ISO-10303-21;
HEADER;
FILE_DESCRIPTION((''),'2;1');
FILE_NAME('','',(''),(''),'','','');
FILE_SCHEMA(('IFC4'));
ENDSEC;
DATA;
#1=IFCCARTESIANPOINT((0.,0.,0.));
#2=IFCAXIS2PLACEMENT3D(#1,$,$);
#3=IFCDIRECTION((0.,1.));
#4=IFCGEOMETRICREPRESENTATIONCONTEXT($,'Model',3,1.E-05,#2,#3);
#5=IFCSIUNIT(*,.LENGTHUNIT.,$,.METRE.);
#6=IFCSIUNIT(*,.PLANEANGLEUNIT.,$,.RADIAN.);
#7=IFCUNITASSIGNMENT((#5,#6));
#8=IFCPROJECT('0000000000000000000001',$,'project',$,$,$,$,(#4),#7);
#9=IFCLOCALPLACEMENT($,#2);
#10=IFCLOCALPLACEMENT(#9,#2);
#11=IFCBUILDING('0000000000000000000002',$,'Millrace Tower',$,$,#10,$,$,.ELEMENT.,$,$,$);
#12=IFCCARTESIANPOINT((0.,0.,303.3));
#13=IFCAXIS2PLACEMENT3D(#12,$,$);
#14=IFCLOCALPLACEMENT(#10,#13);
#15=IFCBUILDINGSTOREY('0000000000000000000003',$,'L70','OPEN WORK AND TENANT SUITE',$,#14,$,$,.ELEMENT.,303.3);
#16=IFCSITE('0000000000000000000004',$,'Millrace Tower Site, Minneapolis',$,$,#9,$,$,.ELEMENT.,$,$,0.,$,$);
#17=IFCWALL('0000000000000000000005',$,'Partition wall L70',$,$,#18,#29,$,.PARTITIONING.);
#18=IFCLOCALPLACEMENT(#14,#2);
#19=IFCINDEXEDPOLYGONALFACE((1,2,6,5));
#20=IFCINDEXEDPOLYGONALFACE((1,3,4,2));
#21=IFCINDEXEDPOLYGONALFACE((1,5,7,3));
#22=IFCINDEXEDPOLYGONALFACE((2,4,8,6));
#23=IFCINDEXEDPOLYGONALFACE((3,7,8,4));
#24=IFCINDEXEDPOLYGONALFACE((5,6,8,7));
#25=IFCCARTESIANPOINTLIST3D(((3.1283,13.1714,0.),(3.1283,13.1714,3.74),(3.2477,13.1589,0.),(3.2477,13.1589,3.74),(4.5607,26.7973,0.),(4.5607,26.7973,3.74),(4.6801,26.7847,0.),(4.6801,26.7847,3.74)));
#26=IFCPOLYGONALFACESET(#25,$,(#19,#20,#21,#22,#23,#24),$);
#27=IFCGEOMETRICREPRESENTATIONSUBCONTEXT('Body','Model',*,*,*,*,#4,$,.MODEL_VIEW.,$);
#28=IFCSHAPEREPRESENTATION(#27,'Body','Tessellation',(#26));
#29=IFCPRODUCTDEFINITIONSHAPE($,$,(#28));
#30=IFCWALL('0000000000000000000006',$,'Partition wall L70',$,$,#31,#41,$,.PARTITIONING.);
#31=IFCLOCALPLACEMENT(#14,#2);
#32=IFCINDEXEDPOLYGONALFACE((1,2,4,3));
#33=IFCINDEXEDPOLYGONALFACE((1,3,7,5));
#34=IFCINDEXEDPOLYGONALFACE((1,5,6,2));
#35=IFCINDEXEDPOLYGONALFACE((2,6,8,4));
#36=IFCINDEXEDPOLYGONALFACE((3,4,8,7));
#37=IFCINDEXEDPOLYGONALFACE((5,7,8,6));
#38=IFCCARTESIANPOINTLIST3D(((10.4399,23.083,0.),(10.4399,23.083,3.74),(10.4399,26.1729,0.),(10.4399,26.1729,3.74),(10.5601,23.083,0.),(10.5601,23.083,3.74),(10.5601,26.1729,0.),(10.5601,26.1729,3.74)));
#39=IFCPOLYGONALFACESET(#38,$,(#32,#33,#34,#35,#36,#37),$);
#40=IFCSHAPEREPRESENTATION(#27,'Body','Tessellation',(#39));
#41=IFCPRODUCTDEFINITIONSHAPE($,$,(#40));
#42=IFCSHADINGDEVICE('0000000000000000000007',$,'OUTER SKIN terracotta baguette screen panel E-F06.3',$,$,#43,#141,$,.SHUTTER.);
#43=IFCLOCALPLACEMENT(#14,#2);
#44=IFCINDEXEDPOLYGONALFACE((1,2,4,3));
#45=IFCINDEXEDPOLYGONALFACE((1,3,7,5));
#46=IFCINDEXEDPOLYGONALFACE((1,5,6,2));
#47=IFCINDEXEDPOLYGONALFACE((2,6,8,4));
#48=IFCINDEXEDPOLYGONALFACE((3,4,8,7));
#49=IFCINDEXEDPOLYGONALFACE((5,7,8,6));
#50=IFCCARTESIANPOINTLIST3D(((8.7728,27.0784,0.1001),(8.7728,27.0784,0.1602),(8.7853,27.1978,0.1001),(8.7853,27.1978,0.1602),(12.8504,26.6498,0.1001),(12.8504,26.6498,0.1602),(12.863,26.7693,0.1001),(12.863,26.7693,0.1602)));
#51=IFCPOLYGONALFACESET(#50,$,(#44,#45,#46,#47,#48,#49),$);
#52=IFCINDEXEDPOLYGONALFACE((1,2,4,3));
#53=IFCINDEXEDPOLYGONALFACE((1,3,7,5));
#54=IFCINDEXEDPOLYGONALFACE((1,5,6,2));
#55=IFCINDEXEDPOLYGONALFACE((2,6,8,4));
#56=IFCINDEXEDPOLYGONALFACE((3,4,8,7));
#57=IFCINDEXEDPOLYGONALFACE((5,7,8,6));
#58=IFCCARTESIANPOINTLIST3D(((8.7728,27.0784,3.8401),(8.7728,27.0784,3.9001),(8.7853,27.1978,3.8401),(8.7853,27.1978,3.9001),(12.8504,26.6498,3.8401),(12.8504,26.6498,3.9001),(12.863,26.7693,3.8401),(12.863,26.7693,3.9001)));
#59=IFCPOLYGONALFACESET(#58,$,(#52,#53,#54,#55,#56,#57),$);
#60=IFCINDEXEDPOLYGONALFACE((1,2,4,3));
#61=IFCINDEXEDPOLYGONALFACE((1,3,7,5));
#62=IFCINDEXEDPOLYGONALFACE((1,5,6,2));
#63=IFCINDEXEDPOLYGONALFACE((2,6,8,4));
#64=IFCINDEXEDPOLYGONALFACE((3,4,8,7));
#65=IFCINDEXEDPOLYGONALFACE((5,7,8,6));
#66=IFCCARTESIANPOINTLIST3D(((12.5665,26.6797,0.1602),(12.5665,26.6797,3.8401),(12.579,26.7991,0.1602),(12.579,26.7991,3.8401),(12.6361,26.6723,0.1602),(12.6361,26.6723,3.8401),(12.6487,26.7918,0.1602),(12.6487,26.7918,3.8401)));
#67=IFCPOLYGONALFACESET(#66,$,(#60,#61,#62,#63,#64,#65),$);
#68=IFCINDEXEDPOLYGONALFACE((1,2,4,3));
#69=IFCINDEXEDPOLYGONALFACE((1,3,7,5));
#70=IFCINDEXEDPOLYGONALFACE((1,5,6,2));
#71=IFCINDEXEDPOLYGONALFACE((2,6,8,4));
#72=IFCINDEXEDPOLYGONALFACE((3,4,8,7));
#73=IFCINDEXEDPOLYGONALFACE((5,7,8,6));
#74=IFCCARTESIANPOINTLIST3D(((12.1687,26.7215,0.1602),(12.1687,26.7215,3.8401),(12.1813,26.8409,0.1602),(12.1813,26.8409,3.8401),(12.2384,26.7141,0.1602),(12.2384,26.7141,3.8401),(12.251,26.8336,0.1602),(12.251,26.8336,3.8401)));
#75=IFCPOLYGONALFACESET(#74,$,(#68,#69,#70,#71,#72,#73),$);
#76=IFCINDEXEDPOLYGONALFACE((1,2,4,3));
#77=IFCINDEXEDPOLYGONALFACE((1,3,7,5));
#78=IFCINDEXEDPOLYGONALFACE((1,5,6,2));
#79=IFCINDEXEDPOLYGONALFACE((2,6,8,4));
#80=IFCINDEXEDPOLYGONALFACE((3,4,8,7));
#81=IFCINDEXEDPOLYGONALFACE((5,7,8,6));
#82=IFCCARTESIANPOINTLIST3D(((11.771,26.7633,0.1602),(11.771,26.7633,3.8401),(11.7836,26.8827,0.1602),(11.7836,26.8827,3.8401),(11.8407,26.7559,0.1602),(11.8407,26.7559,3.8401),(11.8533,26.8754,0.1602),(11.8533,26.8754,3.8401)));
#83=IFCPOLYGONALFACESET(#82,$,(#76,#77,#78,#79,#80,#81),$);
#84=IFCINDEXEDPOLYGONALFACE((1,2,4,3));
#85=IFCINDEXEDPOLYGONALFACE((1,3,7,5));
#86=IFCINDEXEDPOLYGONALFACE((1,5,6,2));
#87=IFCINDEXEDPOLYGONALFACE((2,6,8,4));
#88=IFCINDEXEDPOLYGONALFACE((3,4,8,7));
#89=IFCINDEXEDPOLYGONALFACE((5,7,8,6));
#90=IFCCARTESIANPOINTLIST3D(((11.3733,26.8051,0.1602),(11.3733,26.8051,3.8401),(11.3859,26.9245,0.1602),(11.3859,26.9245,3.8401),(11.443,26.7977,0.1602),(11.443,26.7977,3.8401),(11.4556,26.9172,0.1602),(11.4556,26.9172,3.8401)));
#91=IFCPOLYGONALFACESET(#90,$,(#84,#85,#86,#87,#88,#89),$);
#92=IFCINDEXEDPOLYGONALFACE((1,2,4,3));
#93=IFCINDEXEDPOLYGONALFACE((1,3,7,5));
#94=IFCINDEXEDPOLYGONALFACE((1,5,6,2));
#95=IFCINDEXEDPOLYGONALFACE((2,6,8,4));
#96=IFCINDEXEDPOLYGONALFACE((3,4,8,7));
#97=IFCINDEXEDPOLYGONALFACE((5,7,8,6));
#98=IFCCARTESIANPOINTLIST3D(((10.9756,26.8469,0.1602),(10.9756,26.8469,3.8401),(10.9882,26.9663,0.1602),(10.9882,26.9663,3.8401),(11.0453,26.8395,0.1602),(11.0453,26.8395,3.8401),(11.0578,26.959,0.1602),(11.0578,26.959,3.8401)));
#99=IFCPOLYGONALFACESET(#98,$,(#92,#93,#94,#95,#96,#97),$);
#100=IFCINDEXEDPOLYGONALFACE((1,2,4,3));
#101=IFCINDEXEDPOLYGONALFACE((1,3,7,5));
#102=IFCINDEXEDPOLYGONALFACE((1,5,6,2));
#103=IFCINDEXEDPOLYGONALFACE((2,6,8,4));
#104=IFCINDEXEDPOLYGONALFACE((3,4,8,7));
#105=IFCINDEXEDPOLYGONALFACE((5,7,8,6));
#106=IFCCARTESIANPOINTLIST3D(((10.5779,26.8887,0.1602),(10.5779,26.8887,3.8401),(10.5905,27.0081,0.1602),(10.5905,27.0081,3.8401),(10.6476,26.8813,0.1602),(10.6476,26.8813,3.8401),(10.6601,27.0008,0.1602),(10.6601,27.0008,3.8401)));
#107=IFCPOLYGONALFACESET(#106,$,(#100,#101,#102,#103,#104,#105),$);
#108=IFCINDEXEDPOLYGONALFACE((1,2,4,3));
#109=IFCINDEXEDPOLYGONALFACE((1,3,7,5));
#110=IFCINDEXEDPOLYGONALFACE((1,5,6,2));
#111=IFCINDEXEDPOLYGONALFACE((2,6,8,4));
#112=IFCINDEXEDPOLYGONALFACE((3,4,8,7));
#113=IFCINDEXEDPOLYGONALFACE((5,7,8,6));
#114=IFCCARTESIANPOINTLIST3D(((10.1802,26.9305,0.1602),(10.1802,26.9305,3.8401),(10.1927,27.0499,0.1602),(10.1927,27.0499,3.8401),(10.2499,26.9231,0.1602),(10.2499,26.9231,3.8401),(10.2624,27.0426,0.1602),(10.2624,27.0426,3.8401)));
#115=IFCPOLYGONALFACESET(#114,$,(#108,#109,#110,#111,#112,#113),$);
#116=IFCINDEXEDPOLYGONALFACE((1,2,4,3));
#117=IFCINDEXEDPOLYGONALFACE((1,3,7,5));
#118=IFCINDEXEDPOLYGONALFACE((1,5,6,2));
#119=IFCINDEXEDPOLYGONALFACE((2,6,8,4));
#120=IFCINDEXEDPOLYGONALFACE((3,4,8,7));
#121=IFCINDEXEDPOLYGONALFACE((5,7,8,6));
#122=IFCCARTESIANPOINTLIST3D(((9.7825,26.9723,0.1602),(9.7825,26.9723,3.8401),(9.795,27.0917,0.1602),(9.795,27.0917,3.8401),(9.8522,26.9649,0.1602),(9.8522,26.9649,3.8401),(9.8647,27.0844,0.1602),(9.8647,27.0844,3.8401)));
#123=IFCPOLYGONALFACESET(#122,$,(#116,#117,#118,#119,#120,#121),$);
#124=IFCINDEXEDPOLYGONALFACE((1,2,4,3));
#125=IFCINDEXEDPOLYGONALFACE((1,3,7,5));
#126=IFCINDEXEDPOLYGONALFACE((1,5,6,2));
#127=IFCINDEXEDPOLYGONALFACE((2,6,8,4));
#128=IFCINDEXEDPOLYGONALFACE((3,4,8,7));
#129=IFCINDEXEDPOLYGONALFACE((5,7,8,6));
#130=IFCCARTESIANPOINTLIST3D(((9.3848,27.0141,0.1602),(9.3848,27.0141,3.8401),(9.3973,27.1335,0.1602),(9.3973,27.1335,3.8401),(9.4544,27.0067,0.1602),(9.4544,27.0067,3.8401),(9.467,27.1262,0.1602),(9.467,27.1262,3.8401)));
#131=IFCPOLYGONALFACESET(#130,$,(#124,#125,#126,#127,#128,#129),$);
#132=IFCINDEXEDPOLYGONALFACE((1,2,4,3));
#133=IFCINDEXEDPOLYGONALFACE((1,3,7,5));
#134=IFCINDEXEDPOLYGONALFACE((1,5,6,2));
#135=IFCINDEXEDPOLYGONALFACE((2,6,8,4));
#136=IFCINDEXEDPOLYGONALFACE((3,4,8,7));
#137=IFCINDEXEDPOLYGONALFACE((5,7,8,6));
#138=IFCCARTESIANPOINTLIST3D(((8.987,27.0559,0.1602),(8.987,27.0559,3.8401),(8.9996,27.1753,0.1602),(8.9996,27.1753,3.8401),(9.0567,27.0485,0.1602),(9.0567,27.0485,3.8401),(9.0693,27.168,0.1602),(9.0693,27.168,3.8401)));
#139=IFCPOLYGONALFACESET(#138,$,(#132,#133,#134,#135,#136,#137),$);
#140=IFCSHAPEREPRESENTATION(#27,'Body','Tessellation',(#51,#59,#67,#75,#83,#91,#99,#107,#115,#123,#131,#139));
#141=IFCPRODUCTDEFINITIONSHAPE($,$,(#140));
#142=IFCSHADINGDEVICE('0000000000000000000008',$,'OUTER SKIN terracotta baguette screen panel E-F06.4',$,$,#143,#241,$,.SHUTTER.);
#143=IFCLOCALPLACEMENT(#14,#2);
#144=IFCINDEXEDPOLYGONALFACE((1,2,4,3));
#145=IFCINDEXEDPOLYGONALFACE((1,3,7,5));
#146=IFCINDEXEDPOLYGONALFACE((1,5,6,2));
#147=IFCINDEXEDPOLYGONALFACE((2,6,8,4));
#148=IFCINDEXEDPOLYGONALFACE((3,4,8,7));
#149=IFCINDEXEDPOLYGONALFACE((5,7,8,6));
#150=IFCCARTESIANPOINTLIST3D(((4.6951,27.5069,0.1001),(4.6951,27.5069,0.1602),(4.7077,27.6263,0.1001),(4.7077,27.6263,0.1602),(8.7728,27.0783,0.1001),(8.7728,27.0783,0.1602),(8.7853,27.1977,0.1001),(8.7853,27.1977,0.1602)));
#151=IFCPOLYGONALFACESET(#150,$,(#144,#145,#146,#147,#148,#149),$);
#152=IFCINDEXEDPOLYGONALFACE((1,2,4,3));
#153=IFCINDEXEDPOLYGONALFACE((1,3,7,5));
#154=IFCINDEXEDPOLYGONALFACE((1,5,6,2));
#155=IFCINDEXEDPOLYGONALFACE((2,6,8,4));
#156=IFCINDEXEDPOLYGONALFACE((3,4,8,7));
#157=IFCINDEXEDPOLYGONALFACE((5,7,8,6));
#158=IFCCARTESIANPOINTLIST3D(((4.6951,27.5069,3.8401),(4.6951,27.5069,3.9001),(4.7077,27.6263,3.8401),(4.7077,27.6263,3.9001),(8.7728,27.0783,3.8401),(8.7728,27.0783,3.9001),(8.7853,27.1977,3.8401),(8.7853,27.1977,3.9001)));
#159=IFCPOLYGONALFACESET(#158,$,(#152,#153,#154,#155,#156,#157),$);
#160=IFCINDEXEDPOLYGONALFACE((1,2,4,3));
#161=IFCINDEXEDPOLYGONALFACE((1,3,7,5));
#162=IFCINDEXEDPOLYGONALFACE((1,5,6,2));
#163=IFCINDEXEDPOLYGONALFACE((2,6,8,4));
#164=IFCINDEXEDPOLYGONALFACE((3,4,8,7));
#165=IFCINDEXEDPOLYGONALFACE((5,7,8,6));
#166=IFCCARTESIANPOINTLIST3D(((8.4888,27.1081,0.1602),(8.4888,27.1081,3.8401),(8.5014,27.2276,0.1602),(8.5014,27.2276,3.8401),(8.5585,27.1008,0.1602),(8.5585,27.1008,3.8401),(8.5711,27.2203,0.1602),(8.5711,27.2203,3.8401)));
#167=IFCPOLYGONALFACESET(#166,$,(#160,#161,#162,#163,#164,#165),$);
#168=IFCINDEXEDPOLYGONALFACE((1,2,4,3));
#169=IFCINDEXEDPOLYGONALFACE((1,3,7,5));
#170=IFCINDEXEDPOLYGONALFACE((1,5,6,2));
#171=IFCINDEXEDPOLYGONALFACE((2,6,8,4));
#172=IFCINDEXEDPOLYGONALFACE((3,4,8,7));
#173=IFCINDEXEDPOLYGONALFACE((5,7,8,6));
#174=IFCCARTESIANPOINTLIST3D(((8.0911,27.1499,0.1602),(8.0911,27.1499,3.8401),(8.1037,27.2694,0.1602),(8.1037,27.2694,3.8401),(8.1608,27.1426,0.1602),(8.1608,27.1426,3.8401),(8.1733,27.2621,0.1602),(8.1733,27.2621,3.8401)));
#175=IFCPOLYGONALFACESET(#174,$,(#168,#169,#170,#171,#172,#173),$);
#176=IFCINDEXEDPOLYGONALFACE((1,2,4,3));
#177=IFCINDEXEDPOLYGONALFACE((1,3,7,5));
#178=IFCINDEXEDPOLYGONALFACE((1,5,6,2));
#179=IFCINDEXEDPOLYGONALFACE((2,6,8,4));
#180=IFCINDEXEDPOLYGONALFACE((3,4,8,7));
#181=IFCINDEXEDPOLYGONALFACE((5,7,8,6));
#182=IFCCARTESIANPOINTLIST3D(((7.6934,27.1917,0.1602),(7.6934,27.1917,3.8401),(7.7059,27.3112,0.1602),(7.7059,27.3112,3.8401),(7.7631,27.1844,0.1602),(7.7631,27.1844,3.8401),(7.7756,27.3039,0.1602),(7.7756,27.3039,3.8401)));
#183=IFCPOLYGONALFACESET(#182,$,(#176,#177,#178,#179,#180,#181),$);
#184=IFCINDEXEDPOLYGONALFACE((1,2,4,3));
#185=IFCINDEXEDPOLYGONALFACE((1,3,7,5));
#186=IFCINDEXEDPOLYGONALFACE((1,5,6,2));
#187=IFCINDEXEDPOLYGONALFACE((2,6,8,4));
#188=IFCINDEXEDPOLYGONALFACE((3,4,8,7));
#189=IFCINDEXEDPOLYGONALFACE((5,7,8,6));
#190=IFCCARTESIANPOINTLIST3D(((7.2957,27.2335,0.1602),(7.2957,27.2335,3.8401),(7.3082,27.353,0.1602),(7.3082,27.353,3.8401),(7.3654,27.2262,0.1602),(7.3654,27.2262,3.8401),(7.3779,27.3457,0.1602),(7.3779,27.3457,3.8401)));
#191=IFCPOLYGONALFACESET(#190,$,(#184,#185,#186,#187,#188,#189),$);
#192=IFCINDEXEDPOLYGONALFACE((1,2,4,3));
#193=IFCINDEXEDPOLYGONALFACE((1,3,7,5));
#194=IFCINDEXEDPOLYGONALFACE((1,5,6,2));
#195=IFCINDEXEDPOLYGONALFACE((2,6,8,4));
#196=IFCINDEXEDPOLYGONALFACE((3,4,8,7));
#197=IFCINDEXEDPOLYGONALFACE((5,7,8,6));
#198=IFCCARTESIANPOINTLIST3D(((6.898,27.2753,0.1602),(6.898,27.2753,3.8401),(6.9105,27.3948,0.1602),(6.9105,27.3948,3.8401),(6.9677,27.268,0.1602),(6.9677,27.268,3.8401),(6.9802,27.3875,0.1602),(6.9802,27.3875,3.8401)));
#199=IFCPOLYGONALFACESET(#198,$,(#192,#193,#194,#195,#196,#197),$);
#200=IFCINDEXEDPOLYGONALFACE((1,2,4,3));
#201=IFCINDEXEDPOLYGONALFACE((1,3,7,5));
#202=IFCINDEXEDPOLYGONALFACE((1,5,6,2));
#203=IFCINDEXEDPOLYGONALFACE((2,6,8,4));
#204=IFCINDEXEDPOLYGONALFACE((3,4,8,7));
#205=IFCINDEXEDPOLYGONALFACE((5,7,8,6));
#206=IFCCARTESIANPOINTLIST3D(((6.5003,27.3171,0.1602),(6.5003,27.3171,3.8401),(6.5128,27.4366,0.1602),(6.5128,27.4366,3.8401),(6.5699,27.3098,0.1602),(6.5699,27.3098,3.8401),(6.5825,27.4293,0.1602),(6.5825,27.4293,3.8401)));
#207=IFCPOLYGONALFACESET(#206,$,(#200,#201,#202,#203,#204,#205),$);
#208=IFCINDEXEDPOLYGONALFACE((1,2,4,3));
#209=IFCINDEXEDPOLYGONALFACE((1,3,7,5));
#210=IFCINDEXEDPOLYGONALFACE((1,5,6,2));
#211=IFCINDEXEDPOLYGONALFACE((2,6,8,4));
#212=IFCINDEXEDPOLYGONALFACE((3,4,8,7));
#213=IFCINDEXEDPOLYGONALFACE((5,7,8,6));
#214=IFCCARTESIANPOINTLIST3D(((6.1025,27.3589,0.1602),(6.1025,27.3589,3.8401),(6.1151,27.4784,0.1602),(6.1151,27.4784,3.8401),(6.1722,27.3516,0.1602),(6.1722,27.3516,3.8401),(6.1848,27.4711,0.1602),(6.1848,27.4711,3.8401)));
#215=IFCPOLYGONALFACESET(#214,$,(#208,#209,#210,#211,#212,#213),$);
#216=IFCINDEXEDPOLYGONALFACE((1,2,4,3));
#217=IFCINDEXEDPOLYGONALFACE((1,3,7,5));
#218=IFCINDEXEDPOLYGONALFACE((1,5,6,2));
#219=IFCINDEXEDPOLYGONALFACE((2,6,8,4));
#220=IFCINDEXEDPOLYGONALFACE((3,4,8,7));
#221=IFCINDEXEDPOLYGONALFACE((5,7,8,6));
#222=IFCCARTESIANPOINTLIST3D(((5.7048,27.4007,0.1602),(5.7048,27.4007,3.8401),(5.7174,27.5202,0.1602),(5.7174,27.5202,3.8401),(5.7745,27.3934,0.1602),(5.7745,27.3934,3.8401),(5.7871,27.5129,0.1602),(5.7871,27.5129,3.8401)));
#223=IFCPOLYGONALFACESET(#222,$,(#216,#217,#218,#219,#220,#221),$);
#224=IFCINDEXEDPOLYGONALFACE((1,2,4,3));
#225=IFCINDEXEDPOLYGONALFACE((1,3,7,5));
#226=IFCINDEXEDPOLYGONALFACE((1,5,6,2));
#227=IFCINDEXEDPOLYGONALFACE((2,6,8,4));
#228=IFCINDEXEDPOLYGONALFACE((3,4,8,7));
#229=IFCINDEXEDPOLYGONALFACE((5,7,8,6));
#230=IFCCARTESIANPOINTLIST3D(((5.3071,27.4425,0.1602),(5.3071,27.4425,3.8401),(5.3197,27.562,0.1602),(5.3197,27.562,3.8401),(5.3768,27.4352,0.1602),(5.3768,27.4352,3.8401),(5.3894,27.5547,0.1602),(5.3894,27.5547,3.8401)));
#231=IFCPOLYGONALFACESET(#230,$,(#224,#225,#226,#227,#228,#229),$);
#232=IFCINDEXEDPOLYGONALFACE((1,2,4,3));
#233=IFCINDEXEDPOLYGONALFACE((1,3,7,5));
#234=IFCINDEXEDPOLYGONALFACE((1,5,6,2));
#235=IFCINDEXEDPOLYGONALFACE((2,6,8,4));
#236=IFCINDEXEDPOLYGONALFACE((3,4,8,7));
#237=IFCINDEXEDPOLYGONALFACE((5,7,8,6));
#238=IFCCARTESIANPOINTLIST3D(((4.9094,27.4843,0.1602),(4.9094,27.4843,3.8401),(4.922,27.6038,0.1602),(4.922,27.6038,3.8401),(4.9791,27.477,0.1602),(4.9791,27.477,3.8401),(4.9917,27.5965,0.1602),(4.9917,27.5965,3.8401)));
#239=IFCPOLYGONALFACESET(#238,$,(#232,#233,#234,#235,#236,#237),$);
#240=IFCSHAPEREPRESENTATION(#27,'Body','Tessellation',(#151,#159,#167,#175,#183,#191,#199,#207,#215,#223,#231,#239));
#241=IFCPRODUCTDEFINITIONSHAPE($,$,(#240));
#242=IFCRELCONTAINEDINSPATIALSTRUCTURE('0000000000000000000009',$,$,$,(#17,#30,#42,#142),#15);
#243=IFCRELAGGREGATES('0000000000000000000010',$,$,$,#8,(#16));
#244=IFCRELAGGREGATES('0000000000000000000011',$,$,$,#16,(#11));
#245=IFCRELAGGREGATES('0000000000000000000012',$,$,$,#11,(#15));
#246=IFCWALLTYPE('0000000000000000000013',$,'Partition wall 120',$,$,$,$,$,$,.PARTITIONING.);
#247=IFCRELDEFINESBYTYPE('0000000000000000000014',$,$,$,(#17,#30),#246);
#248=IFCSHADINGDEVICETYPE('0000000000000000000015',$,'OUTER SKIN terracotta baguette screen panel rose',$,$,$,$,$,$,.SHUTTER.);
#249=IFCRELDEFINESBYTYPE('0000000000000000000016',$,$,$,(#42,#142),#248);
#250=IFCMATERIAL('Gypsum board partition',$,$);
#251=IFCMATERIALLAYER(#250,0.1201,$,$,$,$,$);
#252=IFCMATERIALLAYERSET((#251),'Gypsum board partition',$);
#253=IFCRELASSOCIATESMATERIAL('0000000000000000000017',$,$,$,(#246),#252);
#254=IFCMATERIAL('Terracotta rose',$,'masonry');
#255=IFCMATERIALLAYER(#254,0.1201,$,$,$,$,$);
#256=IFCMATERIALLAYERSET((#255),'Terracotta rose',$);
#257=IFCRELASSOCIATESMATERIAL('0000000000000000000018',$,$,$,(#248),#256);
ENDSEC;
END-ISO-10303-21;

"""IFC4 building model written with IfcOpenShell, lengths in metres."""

from ifc_helpers import new_model, entity, si_unit, direction, frame, frame_2d, origin, place, context, subcontext, project, spatial, rectangle, extrude, source, transform, mapped, material, layer, layer_set, type_object, element, save


model = new_model("IFC4")

# Units and contexts
model_context = context("Model", 3, precision=1e-05, world=origin(), true_north=direction((0.0, 1.0)))
body_context = subcontext(model_context, "Body", "Model", "MODEL_VIEW")
ifc_project = project(units=[si_unit("LENGTHUNIT", "METRE"), si_unit("PLANEANGLEUNIT", "RADIAN")], contexts=[model_context])

# Site, building, storey
site_placement = place(None, origin())
site = spatial("IfcSite", under=ifc_project, at=site_placement, Name="Millrace Tower Site, Minneapolis", CompositionType="ELEMENT", RefElevation=0.0)
building_placement = place(site_placement, origin())
building = spatial("IfcBuilding", under=site, at=building_placement, Name="Millrace Tower", CompositionType="ELEMENT")
storey_placement = place(building_placement, frame((0.0, 0.0, 303.3)))
storey = spatial("IfcBuildingStorey", under=building, at=storey_placement, Name="L70", Description="OPEN WORK AND TENANT SUITE", CompositionType="ELEMENT", Elevation=303.3)

# Walls
ifc_material_1 = material(Name="Gypsum board partition")
ifc_layer_1 = layer(ifc_material_1, 0.1201)
ifc_layer_set_1 = layer_set([ifc_layer_1], Name="Gypsum board partition")
wall_type_1 = type_object("IfcWallType", Name="Partition wall 120", PredefinedType="PARTITIONING", material=ifc_layer_set_1)
wall_1_placement = place(storey_placement, frame((3.188, 13.165, 0.0), z_axis=(0.0, 0.0, 1.0), x_axis=(0.104547, 0.99452, 0.0)))
element("IfcWall", 1, at=wall_1_placement, inside=storey, type_object=wall_type_1, Name="Partition wall L70", PredefinedType="PARTITIONING", context=body_context, shape_type="SweptSolid", body=[
    extrude(rectangle(XDim=13.7009, YDim=0.1201, at=frame_2d((6.8506, 0.0))), origin(), (0.0, 0.0, 1.0), 3.74),
])
wall_2_placement = place(storey_placement, frame((10.5, 23.083, 0.0), z_axis=(0.0, 0.0, 1.0), x_axis=(0.0, 1.0, 0.0)))
element("IfcWall", 2, at=wall_2_placement, inside=storey, type_object=wall_type_1, Name="Partition wall L70", PredefinedType="PARTITIONING", context=body_context, shape_type="SweptSolid", body=[
    extrude(rectangle(XDim=3.0898, YDim=0.1201, at=frame_2d((1.5449, 0.0))), origin(), (0.0, 0.0, 1.0), 3.74),
])

# Shading devices
ifc_material_2 = material(Name="Terracotta rose", Category="masonry")
ifc_layer_2 = layer(ifc_material_2, 0.1201)
ifc_layer_set_2 = layer_set([ifc_layer_2], Name="Terracotta rose")
shading_device_type = type_object("IfcShadingDeviceType", Name="OUTER SKIN terracotta baguette screen panel rose", PredefinedType="SHUTTER", material=ifc_layer_set_2)
cartesian_point = entity("IfcCartesianPoint", [-2.05, 0.0601])
shared_polyline = entity("IfcPolyline", [cartesian_point, entity("IfcCartesianPoint", [2.05, 0.0601]), entity("IfcCartesianPoint", [2.05, -0.0601]), entity("IfcCartesianPoint", [-2.05, -0.0601]), cartesian_point])
shared_shape = source(origin(), body_context, "Body", "SweptSolid", [
    entity("IfcExtrudedAreaSolid", entity("IfcArbitraryClosedProfileDef", "AREA", None, shared_polyline), entity("IfcAxis2Placement3D", entity("IfcCartesianPoint", [0.0, 0.0, 0.0])), entity("IfcDirection", [0.0, 0.0, 1.0]), 0.0601),
    entity("IfcExtrudedAreaSolid", entity("IfcArbitraryClosedProfileDef", "AREA", None, shared_polyline), entity("IfcAxis2Placement3D", entity("IfcCartesianPoint", [0.0, 0.0, 3.74])), entity("IfcDirection", [0.0, 0.0, 1.0]), 0.0601),
    extrude(rectangle(XDim=0.0701, YDim=0.1201, at=frame_2d((-1.7996, 0.0))), frame((0.0, 0.0, 0.0601)), (0.0, 0.0, 1.0), 3.6799),
    extrude(rectangle(XDim=0.0701, YDim=0.1201, at=frame_2d((-1.3997, 0.0))), frame((0.0, 0.0, 0.0601)), (0.0, 0.0, 1.0), 3.6799),
    extrude(rectangle(XDim=0.0701, YDim=0.1201, at=frame_2d((-0.9998, 0.0))), frame((0.0, 0.0, 0.0601)), (0.0, 0.0, 1.0), 3.6799),
    extrude(rectangle(XDim=0.0701, YDim=0.1201, at=frame_2d((-0.5999, 0.0))), frame((0.0, 0.0, 0.0601)), (0.0, 0.0, 1.0), 3.6799),
    extrude(rectangle(XDim=0.0701, YDim=0.1201, at=frame_2d((-0.2, 0.0))), frame((0.0, 0.0, 0.0601)), (0.0, 0.0, 1.0), 3.6799),
    extrude(rectangle(XDim=0.0701, YDim=0.1201, at=frame_2d((0.2, 0.0))), frame((0.0, 0.0, 0.0601)), (0.0, 0.0, 1.0), 3.6799),
    extrude(rectangle(XDim=0.0701, YDim=0.1201, at=frame_2d((0.5999, 0.0))), frame((0.0, 0.0, 0.0601)), (0.0, 0.0, 1.0), 3.6799),
    extrude(rectangle(XDim=0.0701, YDim=0.1201, at=frame_2d((0.9998, 0.0))), frame((0.0, 0.0, 0.0601)), (0.0, 0.0, 1.0), 3.6799),
    extrude(rectangle(XDim=0.0701, YDim=0.1201, at=frame_2d((1.3997, 0.0))), frame((0.0, 0.0, 0.0601)), (0.0, 0.0, 1.0), 3.6799),
    extrude(rectangle(XDim=0.0701, YDim=0.1201, at=frame_2d((1.7996, 0.0))), frame((0.0, 0.0, 0.0601)), (0.0, 0.0, 1.0), 3.6799),
])
for number, where, z_axis, x_axis, name in (
    (3, (10.8179, 26.9238, 0.1001), (0.0, 0.0, 1.0), (-0.994522, 0.104528, 0.0), "OUTER SKIN terracotta baguette screen panel E-F06.3"),
    (4, (6.7402, 27.3523, 0.1001), (0.0, 0.0, 1.0), (-0.994522, 0.104528, 0.0), "OUTER SKIN terracotta baguette screen panel E-F06.4"),
):
    element("IfcShadingDevice", number, at=place(storey_placement, frame(where, z_axis=z_axis, x_axis=x_axis)), inside=storey, type_object=shading_device_type, Name=name, PredefinedType="SHUTTER", context=body_context, shape_type="MappedRepresentation", body=[
        mapped(shared_shape, transform((0.0, 0.0, 0.0), scale=1.0)),
    ])

save(model, "model.ifc")
